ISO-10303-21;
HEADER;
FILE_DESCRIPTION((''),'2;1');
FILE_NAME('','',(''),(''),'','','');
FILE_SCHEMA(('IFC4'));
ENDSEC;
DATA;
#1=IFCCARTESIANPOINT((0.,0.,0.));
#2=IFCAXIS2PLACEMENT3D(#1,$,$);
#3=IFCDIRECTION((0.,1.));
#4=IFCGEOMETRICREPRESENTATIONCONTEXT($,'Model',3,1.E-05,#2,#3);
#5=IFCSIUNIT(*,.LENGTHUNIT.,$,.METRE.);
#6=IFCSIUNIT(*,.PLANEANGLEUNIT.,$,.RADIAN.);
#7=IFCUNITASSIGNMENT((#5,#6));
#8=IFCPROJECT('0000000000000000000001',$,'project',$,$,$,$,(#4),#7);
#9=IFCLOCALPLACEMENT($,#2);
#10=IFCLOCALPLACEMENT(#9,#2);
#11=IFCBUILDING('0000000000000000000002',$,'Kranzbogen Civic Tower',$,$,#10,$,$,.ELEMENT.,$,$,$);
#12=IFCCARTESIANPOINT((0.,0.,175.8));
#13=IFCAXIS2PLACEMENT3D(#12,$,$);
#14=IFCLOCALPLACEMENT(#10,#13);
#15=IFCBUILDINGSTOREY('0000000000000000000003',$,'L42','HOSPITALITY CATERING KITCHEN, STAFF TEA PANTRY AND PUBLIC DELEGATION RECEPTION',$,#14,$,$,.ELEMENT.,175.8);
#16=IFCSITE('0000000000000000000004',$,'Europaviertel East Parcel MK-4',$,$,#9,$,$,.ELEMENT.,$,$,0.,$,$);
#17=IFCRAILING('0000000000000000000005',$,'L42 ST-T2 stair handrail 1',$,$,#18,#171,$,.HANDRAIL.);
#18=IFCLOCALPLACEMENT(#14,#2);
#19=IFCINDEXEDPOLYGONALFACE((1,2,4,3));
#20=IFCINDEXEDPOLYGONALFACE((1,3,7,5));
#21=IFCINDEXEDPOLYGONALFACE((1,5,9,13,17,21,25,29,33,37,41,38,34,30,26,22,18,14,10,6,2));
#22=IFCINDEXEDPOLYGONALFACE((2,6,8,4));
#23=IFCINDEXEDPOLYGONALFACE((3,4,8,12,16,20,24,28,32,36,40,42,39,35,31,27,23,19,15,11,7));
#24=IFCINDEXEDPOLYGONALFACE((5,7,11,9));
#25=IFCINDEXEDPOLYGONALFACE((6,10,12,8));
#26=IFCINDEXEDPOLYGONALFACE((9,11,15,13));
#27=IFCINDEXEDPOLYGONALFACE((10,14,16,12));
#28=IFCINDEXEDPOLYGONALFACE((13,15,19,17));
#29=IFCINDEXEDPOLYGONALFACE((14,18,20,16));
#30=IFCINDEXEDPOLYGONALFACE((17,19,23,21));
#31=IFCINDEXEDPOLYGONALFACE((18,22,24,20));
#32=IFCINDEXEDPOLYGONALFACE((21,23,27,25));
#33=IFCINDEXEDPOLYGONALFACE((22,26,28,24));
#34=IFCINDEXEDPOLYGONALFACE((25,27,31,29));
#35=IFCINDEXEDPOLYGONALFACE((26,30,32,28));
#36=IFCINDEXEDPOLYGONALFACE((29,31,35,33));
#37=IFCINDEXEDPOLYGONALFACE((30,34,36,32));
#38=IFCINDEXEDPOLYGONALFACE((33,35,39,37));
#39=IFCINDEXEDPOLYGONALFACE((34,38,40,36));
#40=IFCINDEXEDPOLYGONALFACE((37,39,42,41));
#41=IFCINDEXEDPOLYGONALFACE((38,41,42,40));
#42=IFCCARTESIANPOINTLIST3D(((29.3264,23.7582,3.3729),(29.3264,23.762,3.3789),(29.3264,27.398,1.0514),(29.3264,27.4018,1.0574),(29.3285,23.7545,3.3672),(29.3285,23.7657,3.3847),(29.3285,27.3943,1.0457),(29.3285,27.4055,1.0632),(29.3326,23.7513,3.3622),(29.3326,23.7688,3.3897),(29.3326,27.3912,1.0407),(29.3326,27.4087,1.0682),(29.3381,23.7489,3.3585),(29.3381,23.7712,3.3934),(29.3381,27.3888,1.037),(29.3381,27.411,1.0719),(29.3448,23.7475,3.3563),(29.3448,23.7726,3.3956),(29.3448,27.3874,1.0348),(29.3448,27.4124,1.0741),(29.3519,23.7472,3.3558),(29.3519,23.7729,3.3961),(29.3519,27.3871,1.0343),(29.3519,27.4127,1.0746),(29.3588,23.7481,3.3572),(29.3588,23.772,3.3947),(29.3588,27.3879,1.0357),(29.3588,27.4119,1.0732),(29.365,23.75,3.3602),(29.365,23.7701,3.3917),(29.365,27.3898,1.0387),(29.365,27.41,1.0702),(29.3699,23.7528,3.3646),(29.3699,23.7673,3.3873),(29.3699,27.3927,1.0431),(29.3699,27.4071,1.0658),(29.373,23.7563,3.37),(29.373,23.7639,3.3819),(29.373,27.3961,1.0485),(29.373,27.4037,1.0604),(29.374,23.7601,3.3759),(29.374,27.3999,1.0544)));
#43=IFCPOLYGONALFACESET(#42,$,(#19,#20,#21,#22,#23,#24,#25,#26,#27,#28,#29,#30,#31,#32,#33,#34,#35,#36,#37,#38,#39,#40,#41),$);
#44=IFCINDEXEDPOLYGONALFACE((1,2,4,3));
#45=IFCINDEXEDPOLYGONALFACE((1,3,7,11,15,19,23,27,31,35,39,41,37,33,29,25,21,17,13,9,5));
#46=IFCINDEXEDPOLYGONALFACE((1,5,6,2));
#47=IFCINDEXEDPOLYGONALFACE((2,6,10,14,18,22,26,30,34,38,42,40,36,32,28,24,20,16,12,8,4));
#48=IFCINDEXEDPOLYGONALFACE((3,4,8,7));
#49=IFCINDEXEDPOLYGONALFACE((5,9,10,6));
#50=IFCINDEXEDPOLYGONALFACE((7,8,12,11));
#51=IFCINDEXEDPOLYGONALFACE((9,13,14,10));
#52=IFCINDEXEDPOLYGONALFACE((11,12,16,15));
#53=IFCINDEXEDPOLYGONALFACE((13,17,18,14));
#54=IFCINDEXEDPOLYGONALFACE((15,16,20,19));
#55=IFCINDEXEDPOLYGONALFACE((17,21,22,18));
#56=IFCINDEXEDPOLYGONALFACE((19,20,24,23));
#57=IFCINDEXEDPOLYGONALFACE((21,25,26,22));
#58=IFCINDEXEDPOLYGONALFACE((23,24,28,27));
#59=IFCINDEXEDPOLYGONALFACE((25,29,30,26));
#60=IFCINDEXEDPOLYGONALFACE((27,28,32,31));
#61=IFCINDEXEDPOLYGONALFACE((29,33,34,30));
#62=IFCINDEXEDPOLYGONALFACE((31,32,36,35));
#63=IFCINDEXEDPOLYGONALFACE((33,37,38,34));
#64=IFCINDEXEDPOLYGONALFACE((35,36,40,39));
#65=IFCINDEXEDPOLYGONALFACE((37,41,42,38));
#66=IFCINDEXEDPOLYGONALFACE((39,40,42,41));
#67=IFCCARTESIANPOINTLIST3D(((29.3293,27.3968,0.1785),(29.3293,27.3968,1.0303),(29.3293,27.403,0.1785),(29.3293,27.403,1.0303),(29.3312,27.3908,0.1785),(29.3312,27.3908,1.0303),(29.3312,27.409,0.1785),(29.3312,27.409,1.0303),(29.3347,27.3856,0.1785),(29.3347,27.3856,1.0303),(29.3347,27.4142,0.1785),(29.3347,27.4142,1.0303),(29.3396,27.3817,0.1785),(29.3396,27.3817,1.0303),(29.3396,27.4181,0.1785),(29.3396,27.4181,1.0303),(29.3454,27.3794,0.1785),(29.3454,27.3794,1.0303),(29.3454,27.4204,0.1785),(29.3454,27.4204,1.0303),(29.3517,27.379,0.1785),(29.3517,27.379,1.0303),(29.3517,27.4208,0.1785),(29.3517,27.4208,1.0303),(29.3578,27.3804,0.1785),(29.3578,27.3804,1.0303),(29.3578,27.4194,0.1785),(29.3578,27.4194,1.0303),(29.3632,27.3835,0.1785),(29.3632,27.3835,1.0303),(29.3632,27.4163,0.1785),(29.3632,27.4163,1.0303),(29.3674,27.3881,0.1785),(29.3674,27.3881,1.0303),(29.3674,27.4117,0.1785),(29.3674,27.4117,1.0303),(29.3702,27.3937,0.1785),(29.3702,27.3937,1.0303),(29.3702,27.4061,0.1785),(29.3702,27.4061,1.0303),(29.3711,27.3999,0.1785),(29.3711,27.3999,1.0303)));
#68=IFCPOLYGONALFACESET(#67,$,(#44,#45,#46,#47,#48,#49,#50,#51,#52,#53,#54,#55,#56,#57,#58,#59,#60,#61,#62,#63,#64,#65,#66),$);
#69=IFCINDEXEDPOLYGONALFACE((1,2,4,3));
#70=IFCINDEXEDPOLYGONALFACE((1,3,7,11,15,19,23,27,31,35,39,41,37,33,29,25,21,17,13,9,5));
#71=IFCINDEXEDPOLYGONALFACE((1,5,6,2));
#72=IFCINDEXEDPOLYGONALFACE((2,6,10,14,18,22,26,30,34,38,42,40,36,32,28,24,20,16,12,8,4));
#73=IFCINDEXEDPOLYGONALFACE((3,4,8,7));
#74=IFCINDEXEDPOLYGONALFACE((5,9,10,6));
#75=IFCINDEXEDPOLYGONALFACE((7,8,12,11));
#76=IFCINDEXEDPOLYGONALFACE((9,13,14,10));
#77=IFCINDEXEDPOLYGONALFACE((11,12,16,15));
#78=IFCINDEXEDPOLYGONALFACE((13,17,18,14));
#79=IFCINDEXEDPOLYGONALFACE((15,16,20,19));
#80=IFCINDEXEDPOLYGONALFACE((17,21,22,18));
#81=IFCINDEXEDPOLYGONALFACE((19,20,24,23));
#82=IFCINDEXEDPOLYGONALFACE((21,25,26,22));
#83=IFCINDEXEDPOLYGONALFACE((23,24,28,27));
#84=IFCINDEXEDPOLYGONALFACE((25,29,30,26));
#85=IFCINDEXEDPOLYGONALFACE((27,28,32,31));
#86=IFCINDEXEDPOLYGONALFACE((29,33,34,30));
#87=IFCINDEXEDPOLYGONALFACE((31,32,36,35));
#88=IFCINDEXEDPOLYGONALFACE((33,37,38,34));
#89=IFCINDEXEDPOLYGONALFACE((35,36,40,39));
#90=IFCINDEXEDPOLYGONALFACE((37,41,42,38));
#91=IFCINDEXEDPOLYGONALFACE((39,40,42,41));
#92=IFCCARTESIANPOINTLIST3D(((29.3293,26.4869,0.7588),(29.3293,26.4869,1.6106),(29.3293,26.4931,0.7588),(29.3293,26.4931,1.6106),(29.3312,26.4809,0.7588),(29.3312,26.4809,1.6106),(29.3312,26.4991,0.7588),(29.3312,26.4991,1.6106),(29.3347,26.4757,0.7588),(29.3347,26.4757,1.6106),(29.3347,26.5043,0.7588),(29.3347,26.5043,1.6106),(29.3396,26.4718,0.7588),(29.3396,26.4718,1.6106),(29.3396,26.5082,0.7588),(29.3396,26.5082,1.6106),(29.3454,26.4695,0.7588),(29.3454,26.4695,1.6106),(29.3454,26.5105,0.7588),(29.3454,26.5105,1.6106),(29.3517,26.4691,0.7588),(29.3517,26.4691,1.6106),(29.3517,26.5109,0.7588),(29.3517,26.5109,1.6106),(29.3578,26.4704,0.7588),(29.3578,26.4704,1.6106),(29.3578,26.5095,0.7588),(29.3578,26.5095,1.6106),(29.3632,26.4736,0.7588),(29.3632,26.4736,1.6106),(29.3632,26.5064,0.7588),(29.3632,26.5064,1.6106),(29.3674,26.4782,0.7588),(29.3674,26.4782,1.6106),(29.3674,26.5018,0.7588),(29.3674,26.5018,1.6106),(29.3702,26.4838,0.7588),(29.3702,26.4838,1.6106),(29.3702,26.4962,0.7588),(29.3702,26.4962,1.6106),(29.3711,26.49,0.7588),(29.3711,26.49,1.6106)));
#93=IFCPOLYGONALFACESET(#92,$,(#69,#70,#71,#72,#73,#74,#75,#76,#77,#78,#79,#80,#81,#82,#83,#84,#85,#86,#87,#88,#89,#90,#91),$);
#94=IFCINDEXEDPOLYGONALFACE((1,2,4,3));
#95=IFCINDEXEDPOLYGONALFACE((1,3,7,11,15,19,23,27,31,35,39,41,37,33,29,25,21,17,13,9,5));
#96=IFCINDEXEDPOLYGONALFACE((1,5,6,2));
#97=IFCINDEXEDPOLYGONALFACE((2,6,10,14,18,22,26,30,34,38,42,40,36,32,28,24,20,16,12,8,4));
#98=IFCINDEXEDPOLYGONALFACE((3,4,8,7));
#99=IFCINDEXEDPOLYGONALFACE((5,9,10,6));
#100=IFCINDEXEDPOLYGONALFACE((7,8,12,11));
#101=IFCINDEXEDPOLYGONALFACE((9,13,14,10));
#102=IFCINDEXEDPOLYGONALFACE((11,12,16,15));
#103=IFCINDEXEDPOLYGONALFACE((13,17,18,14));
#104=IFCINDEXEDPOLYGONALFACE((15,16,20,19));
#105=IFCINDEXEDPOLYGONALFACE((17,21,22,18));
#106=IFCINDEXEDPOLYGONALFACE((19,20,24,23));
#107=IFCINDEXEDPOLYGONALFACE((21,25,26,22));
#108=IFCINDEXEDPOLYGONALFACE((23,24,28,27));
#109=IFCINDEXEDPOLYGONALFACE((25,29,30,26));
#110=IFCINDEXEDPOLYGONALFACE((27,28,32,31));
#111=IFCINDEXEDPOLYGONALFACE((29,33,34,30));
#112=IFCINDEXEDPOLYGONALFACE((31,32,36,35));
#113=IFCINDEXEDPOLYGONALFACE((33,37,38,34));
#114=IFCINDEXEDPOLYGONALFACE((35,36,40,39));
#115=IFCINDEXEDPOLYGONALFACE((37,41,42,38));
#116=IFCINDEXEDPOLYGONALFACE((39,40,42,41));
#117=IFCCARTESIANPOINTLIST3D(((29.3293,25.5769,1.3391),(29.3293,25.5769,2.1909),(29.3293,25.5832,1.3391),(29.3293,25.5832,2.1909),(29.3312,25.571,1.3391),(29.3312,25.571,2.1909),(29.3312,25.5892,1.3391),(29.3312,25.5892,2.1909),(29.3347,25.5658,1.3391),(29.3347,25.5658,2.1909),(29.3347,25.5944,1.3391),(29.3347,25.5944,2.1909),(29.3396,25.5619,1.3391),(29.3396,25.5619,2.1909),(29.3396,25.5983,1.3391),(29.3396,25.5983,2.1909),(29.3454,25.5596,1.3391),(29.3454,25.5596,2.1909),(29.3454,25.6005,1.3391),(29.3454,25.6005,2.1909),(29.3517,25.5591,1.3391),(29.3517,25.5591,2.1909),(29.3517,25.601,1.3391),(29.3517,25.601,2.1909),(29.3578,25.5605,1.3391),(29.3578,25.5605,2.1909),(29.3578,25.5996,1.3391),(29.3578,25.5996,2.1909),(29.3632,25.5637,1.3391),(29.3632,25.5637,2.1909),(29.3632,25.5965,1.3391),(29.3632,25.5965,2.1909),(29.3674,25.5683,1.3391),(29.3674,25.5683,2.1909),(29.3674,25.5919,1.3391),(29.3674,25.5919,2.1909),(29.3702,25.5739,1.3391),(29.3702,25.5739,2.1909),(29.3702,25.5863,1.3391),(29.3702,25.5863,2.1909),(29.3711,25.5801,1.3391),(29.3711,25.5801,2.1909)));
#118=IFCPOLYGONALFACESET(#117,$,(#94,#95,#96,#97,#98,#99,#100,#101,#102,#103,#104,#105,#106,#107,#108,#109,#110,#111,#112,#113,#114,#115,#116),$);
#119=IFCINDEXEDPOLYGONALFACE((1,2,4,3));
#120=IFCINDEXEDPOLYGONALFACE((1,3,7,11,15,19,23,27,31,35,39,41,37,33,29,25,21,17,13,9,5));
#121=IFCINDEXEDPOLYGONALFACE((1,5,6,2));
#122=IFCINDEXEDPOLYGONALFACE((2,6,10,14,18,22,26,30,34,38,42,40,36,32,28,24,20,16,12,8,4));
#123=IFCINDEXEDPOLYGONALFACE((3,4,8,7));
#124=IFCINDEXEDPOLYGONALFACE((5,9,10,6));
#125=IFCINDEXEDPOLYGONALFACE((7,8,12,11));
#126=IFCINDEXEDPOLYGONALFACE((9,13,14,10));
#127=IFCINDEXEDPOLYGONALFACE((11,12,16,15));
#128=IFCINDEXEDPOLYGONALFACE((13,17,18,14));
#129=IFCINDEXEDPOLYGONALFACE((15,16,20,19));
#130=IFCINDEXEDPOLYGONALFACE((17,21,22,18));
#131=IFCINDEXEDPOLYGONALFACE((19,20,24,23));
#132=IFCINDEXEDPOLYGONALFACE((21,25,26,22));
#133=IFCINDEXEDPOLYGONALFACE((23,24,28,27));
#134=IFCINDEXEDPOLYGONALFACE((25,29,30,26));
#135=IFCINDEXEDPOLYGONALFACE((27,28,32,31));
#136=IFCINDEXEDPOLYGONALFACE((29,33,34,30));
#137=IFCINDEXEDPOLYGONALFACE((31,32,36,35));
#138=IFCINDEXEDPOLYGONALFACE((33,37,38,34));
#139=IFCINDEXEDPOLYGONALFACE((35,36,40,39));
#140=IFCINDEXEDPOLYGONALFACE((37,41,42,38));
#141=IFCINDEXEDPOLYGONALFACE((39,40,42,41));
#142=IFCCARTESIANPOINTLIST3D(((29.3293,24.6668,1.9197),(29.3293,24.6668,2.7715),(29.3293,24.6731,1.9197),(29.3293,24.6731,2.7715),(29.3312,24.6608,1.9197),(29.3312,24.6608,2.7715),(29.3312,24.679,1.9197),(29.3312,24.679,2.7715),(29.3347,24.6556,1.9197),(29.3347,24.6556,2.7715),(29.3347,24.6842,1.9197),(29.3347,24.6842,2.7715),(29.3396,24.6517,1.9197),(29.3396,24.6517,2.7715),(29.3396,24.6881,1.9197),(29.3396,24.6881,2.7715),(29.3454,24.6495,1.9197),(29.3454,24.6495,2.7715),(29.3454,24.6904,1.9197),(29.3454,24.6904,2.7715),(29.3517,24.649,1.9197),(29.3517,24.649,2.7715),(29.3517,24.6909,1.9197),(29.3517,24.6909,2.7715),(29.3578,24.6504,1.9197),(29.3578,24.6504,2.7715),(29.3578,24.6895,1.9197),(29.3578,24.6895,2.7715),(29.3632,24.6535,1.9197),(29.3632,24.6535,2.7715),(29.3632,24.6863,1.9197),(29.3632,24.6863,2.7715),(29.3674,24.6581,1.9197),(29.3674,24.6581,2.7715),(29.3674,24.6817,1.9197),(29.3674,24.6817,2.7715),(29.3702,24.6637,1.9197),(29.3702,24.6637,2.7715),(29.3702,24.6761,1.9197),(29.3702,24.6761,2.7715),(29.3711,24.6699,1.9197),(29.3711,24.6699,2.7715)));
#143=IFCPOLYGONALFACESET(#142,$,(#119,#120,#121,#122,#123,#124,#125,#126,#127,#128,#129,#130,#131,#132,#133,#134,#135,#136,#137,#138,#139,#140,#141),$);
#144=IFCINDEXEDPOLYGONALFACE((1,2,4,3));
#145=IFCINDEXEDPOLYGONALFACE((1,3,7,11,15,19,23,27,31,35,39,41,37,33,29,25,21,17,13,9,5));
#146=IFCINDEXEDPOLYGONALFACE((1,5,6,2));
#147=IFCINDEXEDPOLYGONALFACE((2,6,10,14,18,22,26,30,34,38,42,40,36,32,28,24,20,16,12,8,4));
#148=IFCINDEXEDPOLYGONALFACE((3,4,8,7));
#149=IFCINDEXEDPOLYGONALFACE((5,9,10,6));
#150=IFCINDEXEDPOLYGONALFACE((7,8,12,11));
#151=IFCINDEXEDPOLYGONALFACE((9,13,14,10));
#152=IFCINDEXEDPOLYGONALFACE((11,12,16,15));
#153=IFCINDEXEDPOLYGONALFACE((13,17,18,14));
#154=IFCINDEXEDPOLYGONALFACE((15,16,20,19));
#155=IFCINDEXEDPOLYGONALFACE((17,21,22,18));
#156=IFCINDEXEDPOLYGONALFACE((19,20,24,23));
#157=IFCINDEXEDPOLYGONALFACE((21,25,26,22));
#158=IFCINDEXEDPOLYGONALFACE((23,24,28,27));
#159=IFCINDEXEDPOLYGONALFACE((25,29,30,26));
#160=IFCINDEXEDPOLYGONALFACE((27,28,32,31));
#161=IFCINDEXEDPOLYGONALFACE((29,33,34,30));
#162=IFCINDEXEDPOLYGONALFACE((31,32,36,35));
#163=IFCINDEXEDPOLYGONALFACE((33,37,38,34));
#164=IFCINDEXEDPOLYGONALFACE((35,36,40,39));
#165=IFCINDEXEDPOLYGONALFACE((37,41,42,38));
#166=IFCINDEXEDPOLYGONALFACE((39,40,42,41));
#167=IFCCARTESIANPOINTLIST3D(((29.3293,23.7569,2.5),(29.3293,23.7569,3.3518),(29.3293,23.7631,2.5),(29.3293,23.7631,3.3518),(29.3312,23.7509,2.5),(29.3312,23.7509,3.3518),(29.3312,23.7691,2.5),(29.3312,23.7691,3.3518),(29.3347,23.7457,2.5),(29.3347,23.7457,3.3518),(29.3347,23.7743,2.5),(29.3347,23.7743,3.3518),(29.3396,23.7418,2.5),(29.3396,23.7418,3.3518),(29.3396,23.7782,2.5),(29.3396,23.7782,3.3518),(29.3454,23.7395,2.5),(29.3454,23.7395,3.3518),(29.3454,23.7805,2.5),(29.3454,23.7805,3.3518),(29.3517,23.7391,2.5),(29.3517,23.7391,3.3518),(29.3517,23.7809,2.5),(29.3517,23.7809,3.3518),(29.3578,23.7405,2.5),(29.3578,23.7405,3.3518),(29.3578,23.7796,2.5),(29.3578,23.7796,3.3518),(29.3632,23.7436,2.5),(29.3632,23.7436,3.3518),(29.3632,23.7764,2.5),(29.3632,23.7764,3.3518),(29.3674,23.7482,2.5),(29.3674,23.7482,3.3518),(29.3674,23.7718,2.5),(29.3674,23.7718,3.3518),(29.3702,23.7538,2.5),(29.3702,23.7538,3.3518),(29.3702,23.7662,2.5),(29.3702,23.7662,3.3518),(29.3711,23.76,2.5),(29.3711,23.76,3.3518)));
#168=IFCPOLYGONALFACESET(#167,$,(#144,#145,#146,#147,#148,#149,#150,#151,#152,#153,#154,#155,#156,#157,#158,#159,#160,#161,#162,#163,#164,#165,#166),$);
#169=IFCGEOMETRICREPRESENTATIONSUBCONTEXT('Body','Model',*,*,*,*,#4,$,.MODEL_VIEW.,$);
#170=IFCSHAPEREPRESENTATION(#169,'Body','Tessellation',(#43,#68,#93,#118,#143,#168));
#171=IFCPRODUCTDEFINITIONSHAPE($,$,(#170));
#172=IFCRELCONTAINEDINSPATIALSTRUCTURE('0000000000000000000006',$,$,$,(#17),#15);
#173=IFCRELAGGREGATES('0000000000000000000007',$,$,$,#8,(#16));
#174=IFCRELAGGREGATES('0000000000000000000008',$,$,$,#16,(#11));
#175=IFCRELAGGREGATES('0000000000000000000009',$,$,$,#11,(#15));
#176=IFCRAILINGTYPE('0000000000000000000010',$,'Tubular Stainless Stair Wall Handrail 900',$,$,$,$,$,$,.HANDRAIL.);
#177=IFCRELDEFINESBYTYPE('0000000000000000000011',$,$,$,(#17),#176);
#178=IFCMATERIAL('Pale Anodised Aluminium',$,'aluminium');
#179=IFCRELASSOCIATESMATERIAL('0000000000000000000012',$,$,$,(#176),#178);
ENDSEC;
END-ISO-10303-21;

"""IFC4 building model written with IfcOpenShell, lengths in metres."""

from ifc_helpers import new_model, si_unit, direction, frame, origin, origin_2d, place, context, subcontext, project, spatial, circle, extrude, material, type_object, element, save


model = new_model("IFC4")

# Units and contexts
model_context = context("Model", 3, precision=1e-05, world=origin(), true_north=direction((0.0, 1.0)))
body_context = subcontext(model_context, "Body", "Model", "MODEL_VIEW")
ifc_project = project(units=[si_unit("LENGTHUNIT", "METRE"), si_unit("PLANEANGLEUNIT", "RADIAN")], contexts=[model_context])

# Site, building, storey
site_placement = place(None, origin())
site = spatial("IfcSite", under=ifc_project, at=site_placement, Name="Europaviertel East Parcel MK-4", CompositionType="ELEMENT", RefElevation=0.0)
building_placement = place(site_placement, origin())
building = spatial("IfcBuilding", under=site, at=building_placement, Name="Kranzbogen Civic Tower", CompositionType="ELEMENT")
storey_placement = place(building_placement, frame((0.0, 0.0, 175.8)))
storey = spatial("IfcBuildingStorey", under=building, at=storey_placement, Name="L42", Description="HOSPITALITY CATERING KITCHEN, STAFF TEA PANTRY AND PUBLIC DELEGATION RECEPTION", CompositionType="ELEMENT", Elevation=175.8)

# Shared definitions
ifc_material_1 = material(Name="Pale Anodised Aluminium", Category="aluminium")

# Railing
railing_type_1 = type_object("IfcRailingType", Name="Tubular Stainless Stair Wall Handrail 900", PredefinedType="HANDRAIL", material=ifc_material_1)
railing_1_placement = place(storey_placement, frame((29.3501, 27.3999, 0.1785)))
element("IfcRailing", 1, at=railing_1_placement, inside=storey, type_object=railing_type_1, Name="L42 ST-T2 stair handrail 1", PredefinedType="HANDRAIL", context=body_context, shape_type="SweptSolid", body=[
    extrude(circle(Radius=0.0239, at=origin_2d()), frame((0.0, 0.0, 0.876), z_axis=(0.0, -0.843112, 0.537739), x_axis=(1.0, 0.0, 0.0)), (0.0, 0.0, 1.0), 4.3171),
    extrude(circle(Radius=0.021, at=origin_2d()), origin(), (0.0, 0.0, 1.0), 0.8518),
    extrude(circle(Radius=0.021, at=origin_2d()), frame((0.0, -0.9099, 0.5803)), (0.0, 0.0, 1.0), 0.8518),
    extrude(circle(Radius=0.021, at=origin_2d()), frame((0.0, -1.8198, 1.1606)), (0.0, 0.0, 1.0), 0.8518),
    extrude(circle(Radius=0.021, at=origin_2d()), frame((0.0, -2.73, 1.7412)), (0.0, 0.0, 1.0), 0.8518),
    extrude(circle(Radius=0.021, at=origin_2d()), frame((0.0, -3.6399, 2.3215)), (0.0, 0.0, 1.0), 0.8518),
])

save(model, "model.ifc")
